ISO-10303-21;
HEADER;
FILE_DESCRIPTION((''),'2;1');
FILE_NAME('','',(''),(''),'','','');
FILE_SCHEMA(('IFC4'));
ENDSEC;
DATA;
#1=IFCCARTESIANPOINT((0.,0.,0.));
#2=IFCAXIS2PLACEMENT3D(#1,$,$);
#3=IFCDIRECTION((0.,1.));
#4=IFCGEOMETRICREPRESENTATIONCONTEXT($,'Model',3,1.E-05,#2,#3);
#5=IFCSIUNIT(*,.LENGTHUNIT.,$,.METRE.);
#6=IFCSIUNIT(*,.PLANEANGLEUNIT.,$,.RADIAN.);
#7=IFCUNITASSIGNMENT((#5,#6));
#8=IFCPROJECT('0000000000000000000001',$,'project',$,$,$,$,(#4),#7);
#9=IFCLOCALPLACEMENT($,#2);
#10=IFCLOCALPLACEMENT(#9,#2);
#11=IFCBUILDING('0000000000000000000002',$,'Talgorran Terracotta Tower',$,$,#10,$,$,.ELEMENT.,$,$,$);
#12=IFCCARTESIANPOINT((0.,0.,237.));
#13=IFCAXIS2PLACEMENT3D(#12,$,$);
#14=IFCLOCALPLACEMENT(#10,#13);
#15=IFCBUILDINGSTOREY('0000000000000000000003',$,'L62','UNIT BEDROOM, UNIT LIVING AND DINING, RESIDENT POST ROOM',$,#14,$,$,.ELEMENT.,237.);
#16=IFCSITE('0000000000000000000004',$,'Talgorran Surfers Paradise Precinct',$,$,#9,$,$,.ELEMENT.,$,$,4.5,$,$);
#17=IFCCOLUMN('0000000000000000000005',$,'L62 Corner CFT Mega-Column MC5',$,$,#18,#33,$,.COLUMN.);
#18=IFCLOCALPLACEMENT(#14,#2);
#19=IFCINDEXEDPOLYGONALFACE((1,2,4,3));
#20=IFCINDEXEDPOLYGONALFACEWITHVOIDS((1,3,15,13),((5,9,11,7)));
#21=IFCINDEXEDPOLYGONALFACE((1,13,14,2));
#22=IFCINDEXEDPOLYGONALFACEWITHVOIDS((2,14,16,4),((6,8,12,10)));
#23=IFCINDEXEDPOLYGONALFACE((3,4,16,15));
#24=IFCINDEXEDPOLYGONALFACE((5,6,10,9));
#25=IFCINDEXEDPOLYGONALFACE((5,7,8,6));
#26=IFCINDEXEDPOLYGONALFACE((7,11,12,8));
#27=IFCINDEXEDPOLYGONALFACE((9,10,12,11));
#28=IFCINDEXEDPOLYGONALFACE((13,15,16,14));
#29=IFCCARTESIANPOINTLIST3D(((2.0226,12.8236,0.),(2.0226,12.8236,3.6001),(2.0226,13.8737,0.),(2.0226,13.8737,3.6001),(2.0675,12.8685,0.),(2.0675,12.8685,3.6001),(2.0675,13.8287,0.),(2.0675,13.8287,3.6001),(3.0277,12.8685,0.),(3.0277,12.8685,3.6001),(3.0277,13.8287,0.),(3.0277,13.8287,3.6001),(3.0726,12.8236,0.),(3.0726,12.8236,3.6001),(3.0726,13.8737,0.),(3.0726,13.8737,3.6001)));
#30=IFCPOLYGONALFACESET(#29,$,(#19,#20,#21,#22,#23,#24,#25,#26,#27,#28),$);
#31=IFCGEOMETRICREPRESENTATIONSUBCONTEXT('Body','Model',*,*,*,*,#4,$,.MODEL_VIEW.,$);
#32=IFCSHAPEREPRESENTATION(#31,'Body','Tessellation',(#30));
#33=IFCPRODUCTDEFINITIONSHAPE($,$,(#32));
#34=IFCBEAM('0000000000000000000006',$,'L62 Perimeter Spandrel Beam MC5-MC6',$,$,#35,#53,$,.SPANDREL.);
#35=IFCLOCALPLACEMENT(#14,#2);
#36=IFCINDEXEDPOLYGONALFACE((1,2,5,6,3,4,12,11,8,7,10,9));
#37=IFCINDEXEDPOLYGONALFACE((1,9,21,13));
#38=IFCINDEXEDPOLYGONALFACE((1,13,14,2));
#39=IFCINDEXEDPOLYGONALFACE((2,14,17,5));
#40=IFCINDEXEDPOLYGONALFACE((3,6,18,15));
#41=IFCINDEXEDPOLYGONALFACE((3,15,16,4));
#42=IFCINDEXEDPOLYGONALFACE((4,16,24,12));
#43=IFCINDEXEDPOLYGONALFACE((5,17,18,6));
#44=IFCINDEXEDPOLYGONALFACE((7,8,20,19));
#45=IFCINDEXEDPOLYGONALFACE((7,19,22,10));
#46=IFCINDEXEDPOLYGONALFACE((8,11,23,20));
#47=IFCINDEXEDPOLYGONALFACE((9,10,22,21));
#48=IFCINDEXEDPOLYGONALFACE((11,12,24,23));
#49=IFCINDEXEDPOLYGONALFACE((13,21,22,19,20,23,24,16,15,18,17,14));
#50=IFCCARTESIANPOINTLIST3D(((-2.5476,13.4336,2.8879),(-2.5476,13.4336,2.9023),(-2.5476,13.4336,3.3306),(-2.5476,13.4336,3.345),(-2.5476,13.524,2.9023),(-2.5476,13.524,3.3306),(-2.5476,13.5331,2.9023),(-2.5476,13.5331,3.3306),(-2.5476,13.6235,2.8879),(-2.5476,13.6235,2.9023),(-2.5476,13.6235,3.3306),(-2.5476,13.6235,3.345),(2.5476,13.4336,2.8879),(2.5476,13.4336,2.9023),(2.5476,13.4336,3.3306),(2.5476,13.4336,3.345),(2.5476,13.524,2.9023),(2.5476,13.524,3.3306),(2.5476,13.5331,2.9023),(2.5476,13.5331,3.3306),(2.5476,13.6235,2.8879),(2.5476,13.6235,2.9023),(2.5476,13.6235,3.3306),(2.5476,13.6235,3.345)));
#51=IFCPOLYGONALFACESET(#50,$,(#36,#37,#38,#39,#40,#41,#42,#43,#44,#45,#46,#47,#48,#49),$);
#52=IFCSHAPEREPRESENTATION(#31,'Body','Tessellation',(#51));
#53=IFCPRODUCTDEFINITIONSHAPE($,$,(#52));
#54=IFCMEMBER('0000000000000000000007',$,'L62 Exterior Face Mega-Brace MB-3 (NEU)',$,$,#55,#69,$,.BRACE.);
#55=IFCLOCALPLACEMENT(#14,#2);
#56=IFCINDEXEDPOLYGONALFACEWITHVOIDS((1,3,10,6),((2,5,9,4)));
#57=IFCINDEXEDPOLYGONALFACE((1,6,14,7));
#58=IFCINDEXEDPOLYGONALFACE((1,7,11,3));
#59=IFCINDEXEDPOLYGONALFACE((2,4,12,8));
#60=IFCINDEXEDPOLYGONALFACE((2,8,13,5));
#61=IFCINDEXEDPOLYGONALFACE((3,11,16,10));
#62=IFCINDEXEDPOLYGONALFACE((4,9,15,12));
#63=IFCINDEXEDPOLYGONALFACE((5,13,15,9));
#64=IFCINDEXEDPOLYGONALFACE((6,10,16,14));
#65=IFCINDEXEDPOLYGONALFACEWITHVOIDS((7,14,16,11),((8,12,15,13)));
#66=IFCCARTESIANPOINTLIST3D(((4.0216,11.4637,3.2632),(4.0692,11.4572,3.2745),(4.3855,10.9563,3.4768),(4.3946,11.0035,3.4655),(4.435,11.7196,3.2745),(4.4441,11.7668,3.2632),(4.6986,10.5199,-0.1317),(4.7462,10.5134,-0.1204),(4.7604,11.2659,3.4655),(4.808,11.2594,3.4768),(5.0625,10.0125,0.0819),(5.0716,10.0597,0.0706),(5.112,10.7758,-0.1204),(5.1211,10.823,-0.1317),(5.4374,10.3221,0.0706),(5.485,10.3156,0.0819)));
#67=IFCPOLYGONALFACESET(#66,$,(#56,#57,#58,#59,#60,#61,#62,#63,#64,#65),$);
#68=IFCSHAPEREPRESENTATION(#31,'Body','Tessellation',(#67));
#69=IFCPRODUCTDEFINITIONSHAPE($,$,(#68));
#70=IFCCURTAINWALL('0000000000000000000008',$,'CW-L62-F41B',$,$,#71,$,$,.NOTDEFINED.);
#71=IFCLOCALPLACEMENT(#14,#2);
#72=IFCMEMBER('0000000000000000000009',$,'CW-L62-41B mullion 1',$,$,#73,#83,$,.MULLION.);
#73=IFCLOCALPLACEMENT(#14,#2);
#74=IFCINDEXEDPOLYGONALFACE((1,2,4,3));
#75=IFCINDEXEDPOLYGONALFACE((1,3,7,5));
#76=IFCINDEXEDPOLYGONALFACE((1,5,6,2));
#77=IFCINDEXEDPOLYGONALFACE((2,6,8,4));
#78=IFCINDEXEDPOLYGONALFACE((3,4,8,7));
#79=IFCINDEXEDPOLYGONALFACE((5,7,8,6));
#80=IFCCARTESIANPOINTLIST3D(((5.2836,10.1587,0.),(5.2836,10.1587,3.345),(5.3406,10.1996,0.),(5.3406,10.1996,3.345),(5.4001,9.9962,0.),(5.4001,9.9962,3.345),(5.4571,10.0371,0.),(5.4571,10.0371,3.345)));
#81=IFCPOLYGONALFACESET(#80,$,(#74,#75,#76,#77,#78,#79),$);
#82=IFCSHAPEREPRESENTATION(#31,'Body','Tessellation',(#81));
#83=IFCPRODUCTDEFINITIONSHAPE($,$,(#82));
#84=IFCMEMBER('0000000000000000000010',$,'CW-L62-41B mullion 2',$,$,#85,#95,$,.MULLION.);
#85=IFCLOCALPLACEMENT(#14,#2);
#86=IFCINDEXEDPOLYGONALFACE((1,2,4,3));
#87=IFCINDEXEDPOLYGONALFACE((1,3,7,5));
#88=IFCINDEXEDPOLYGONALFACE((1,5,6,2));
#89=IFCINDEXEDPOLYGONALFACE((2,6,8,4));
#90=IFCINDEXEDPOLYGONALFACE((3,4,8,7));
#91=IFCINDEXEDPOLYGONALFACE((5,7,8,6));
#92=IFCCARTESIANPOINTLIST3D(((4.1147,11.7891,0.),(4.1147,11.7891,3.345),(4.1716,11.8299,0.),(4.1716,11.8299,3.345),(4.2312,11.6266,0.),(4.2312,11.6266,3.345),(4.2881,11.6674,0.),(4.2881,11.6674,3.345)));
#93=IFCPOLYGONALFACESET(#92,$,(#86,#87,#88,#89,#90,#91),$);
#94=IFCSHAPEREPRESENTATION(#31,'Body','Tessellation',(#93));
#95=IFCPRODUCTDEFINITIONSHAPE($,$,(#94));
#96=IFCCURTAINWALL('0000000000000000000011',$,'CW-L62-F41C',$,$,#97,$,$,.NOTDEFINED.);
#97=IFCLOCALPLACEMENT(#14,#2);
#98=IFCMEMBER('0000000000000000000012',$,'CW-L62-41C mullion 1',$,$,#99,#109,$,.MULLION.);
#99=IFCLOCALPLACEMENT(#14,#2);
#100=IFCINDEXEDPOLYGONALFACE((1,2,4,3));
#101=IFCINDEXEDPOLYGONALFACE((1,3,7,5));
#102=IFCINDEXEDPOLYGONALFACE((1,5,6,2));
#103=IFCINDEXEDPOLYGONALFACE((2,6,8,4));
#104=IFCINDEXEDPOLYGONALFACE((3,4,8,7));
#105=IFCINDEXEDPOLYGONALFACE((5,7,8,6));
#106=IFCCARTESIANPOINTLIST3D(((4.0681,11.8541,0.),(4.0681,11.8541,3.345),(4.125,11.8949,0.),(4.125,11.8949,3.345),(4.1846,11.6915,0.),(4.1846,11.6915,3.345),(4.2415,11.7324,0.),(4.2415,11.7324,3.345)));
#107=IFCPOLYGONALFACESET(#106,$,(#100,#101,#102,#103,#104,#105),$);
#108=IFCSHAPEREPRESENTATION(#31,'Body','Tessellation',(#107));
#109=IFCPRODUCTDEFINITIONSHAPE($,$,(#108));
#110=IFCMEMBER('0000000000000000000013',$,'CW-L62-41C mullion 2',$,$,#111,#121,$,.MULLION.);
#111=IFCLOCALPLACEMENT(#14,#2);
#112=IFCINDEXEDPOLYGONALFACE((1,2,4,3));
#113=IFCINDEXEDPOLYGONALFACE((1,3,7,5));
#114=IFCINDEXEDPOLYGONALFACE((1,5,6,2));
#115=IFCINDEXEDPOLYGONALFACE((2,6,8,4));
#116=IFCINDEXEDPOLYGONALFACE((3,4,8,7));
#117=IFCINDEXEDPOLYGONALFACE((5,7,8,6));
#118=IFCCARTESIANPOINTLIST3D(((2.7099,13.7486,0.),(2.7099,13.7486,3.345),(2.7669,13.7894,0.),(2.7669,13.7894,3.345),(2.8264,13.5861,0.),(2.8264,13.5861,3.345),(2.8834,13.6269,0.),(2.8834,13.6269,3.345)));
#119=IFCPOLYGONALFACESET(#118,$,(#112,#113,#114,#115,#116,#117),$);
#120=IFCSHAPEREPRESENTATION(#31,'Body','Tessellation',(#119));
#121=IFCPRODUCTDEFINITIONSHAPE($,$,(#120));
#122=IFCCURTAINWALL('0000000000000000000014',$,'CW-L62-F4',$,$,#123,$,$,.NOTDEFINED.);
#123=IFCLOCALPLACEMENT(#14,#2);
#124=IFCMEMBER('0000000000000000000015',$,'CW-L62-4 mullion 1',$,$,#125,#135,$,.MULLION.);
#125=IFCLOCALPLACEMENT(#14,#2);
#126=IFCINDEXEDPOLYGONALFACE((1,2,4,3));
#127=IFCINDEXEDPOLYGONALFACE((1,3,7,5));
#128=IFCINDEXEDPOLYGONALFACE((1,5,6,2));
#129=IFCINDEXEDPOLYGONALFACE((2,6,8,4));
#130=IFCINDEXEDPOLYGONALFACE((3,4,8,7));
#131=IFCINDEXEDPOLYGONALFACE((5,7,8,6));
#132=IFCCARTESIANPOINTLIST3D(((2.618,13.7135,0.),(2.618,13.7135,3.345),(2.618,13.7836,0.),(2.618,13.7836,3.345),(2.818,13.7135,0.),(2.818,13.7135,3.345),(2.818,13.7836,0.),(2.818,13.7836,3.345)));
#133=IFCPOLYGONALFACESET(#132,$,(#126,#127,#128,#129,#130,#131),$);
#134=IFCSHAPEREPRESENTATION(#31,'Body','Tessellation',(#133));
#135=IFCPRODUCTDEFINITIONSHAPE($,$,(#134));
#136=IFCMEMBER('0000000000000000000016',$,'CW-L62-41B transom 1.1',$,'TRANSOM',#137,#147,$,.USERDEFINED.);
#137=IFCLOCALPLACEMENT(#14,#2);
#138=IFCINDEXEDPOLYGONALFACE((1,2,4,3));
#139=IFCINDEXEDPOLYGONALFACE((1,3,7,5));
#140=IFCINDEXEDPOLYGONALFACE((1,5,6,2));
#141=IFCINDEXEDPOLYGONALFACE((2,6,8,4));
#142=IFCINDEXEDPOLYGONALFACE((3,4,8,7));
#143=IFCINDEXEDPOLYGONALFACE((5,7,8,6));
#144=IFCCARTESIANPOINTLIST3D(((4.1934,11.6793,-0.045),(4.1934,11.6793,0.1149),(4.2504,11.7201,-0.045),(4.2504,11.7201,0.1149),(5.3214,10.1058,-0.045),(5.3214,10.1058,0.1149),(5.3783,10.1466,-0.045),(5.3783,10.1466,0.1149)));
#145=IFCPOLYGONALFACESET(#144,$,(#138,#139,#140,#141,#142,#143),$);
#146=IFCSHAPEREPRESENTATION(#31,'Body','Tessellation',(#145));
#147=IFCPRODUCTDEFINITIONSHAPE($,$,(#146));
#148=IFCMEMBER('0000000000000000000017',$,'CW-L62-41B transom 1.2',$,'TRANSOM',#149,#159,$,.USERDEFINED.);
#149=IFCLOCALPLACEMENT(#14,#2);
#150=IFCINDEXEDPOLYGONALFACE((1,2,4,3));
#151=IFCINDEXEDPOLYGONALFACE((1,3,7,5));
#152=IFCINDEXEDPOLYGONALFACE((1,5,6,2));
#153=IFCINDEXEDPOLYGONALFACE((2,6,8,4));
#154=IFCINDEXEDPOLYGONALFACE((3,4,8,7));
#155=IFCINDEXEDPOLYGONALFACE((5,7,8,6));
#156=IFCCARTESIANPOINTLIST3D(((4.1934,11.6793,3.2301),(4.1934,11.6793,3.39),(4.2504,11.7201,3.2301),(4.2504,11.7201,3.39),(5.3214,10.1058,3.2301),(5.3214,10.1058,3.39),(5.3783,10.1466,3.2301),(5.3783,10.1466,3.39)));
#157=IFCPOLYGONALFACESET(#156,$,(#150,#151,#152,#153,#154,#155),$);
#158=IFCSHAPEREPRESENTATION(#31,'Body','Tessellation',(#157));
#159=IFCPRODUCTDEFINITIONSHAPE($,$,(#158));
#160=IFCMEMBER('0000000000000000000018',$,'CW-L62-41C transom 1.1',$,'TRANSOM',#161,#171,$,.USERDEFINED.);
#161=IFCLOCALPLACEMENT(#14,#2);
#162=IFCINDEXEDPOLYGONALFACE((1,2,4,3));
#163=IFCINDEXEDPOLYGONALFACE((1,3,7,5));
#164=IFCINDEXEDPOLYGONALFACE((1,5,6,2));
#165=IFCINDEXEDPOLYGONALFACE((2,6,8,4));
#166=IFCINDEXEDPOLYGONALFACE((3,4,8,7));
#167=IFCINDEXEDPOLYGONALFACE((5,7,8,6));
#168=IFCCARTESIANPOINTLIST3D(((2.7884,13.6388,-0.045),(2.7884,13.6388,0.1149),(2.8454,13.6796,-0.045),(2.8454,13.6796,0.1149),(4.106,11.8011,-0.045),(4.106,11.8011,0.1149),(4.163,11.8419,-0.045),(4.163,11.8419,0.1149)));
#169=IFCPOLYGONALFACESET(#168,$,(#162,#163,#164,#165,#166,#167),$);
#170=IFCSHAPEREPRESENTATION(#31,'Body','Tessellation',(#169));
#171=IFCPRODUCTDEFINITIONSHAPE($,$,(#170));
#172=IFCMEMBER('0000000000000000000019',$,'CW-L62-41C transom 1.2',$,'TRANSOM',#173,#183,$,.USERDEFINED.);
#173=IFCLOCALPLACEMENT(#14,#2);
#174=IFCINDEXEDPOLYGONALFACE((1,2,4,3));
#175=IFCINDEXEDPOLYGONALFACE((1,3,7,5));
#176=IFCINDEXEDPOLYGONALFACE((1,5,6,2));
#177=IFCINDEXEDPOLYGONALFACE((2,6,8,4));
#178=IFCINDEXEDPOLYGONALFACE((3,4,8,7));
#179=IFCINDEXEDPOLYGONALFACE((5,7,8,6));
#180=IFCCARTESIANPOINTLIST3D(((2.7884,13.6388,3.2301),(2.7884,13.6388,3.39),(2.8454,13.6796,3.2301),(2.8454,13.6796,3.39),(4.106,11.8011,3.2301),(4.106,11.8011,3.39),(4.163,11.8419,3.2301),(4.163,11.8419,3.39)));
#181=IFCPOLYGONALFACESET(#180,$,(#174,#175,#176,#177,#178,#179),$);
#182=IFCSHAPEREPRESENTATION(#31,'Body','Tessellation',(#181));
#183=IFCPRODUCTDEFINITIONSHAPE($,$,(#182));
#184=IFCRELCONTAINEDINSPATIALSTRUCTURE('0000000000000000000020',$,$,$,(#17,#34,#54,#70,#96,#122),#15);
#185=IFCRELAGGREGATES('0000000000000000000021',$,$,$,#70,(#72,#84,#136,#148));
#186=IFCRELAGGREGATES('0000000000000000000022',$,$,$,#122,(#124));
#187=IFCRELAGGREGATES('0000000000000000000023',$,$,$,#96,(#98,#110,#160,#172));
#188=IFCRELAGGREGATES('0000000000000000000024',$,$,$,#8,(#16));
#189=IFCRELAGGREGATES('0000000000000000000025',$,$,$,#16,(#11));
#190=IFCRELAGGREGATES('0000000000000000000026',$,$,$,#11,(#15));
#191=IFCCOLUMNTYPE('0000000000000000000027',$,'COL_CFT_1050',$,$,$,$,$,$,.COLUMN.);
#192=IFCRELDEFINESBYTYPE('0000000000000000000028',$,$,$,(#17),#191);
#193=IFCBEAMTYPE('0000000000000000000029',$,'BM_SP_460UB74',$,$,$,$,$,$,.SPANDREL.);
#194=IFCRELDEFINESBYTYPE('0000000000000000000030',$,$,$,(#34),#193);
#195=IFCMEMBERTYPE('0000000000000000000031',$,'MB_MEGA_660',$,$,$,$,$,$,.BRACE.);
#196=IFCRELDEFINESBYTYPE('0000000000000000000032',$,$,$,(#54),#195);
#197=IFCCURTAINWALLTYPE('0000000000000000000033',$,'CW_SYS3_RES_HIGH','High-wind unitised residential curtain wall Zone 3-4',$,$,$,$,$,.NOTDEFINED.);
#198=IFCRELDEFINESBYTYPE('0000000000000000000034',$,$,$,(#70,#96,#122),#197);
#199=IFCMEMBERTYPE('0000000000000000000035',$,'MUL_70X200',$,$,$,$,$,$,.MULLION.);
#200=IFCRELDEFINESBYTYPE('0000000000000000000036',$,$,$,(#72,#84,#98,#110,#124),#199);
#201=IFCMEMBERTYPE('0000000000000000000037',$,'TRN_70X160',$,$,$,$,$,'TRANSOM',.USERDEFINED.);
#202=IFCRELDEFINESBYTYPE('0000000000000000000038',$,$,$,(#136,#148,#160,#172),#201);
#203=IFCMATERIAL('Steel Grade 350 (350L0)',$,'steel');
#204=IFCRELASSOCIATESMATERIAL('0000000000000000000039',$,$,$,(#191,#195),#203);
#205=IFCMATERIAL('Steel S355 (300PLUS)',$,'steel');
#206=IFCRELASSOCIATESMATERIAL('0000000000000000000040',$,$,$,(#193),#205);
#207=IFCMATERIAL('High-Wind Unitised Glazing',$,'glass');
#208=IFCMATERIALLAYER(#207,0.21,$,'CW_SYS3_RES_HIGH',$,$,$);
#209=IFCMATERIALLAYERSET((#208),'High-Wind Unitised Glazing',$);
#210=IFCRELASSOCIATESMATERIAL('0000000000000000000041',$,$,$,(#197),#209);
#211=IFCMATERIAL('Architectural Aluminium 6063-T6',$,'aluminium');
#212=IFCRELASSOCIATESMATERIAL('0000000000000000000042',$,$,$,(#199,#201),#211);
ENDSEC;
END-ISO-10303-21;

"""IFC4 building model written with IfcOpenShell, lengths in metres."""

from ifc_helpers import new_model, si_unit, direction, frame, origin, origin_2d, place, context, subcontext, project, spatial, rectangle, hollow_rectangle, i_section, extrude, material, layer, layer_set, material_profile, profile_set, type_object, element, aggregate, save


model = new_model("IFC4")

# Units and contexts
model_context = context("Model", 3, precision=1e-05, world=origin(), true_north=direction((0.0, 1.0)))
body_context = subcontext(model_context, "Body", "Model", "MODEL_VIEW")
ifc_project = project(units=[si_unit("LENGTHUNIT", "METRE"), si_unit("PLANEANGLEUNIT", "RADIAN")], contexts=[model_context])

# Site, building, storey
site_placement = place(None, origin())
site = spatial("IfcSite", under=ifc_project, at=site_placement, Name="Talgorran Surfers Paradise Precinct", CompositionType="ELEMENT", RefElevation=4.5)
building_placement = place(site_placement, origin())
building = spatial("IfcBuilding", under=site, at=building_placement, Name="Talgorran Terracotta Tower", CompositionType="ELEMENT")
storey_placement = place(building_placement, frame((0.0, 0.0, 237.0)))
storey = spatial("IfcBuildingStorey", under=building, at=storey_placement, Name="L62", Description="UNIT BEDROOM, UNIT LIVING AND DINING, RESIDENT POST ROOM", CompositionType="ELEMENT", Elevation=237.0)

# Column
ifc_material_1 = material(Name="Steel Grade 350 (350L0)", Category="steel")
ifc_material_profile_1 = material_profile(ifc_material_1, hollow_rectangle(XDim=1.05, YDim=1.05, WallThickness=0.0449, at=origin_2d()), Name="CFT1050X1050X45")
ifc_profile_set_1 = profile_set([ifc_material_profile_1], Name="Steel Grade 350 (350L0)")
column_type = type_object("IfcColumnType", Name="COL_CFT_1050", PredefinedType="COLUMN", material=ifc_profile_set_1)
column_placement = place(storey_placement, frame((2.5476, 13.3486, 0.0), z_axis=(0.0, 0.0, 1.0), x_axis=(1.0, 0.0, 0.0)))
element("IfcColumn", 1, at=column_placement, inside=storey, type_object=column_type, Name="L62 Corner CFT Mega-Column MC5", PredefinedType="COLUMN", context=body_context, shape_type="SweptSolid", body=[
    extrude(hollow_rectangle(XDim=1.05, YDim=1.05, WallThickness=0.0449, at=origin_2d()), origin(), (0.0, 0.0, 1.0), 3.6001),
])

# Beam
ifc_material_2 = material(Name="Steel S355 (300PLUS)", Category="steel")
ifc_material_profile_2 = material_profile(ifc_material_2, i_section(OverallWidth=0.1899, OverallDepth=0.457, WebThickness=0.009, FlangeThickness=0.0144, at=origin_2d()), Name="460UB74.6")
ifc_profile_set_2 = profile_set([ifc_material_profile_2], Name="Steel S355 (300PLUS)")
beam_type = type_object("IfcBeamType", Name="BM_SP_460UB74", PredefinedType="SPANDREL", material=ifc_profile_set_2)
beam_placement = place(storey_placement, frame((2.5476, 13.5286, 3.1165), z_axis=(-1.0, 0.0, 0.0), x_axis=(0.0, -1.0, 0.0)))
element("IfcBeam", 2, at=beam_placement, inside=storey, type_object=beam_type, Name="L62 Perimeter Spandrel Beam MC5-MC6", PredefinedType="SPANDREL", context=body_context, shape_type="SweptSolid", body=[
    extrude(i_section(OverallWidth=0.1899, OverallDepth=0.457, WebThickness=0.009, FlangeThickness=0.0144, at=origin_2d()), origin(), (0.0, 0.0, 1.0), 5.0952),
])

# Member
ifc_material_profile_3 = material_profile(ifc_material_1, hollow_rectangle(XDim=0.52, YDim=0.6599, WallThickness=0.0349, at=origin_2d()), Name="WBOX660X520X35")
ifc_profile_set_3 = profile_set([ifc_material_profile_3], Name="Steel Grade 350 (350L0)")
member_type_1 = type_object("IfcMemberType", Name="MB_MEGA_660", PredefinedType="BRACE", material=ifc_profile_set_3)
member_1_placement = place(storey_placement, frame((5.0918, 10.4177, -0.0249), z_axis=(-0.188673, 0.26304, 0.946156), x_axis=(-0.812582, -0.582848, 0.0)))
element("IfcMember", 3, at=member_1_placement, inside=storey, type_object=member_type_1, Name="L62 Exterior Face Mega-Brace MB-3 (NEU)", PredefinedType="BRACE", context=body_context, shape_type="SweptSolid", body=[
    extrude(hollow_rectangle(XDim=0.52, YDim=0.6599, WallThickness=0.0349, at=origin_2d()), origin(), (0.0, 0.0, 1.0), 3.5881),
])

# Curtain walls, members
ifc_material_3 = material(Name="High-Wind Unitised Glazing", Category="glass")
ifc_layer_1 = layer(ifc_material_3, 0.21, Name="CW_SYS3_RES_HIGH")
ifc_layer_set_1 = layer_set([ifc_layer_1], Name="High-Wind Unitised Glazing")
curtain_wall_type = type_object("IfcCurtainWallType", Name="CW_SYS3_RES_HIGH", Description="High-wind unitised residential curtain wall Zone 3-4", PredefinedType="NOTDEFINED", material=ifc_layer_set_1)
curtain_wall_1_placement = place(storey_placement, origin())
curtain_wall_1 = element("IfcCurtainWall", 4, at=curtain_wall_1_placement, inside=storey, type_object=curtain_wall_type, Name="CW-L62-F41B", PredefinedType="NOTDEFINED")
ifc_material_4 = material(Name="Architectural Aluminium 6063-T6", Category="aluminium")
ifc_material_profile_4 = material_profile(ifc_material_4, rectangle(XDim=0.0701, YDim=0.2, at=origin_2d()), Name="CWM70X200")
ifc_profile_set_4 = profile_set([ifc_material_profile_4], Name="Architectural Aluminium 6063-T6")
member_type_2 = type_object("IfcMemberType", Name="MUL_70X200", PredefinedType="MULLION", material=ifc_profile_set_4)
member_2_placement = place(storey_placement, frame((5.3704, 10.0979, 0.0), z_axis=(0.0, 0.0, 1.0), x_axis=(-0.812717, -0.582659, 0.0)))
member_2 = element("IfcMember", 5, at=member_2_placement, type_object=member_type_2, Name="CW-L62-41B mullion 1", PredefinedType="MULLION", context=body_context, shape_type="SweptSolid", body=[
    extrude(rectangle(XDim=0.0701, YDim=0.2, at=origin_2d()), origin(), (0.0, 0.0, 1.0), 3.345),
])
member_3_placement = place(storey_placement, frame((4.2014, 11.7283, 0.0), z_axis=(0.0, 0.0, 1.0), x_axis=(-0.812717, -0.582659, 0.0)))
member_3 = element("IfcMember", 6, at=member_3_placement, type_object=member_type_2, Name="CW-L62-41B mullion 2", PredefinedType="MULLION", context=body_context, shape_type="SweptSolid", body=[
    extrude(rectangle(XDim=0.0701, YDim=0.2, at=origin_2d()), origin(), (0.0, 0.0, 1.0), 3.345),
])
curtain_wall_2_placement = place(storey_placement, origin())
curtain_wall_2 = element("IfcCurtainWall", 7, at=curtain_wall_2_placement, inside=storey, type_object=curtain_wall_type, Name="CW-L62-F41C", PredefinedType="NOTDEFINED")
member_4_placement = place(storey_placement, frame((4.1548, 11.7932, 0.0), z_axis=(0.0, 0.0, 1.0), x_axis=(-0.812719, -0.582656, 0.0)))
member_4 = element("IfcMember", 8, at=member_4_placement, type_object=member_type_2, Name="CW-L62-41C mullion 1", PredefinedType="MULLION", context=body_context, shape_type="SweptSolid", body=[
    extrude(rectangle(XDim=0.0701, YDim=0.2, at=origin_2d()), origin(), (0.0, 0.0, 1.0), 3.345),
])
member_5_placement = place(storey_placement, frame((2.7966, 13.6877, 0.0), z_axis=(0.0, 0.0, 1.0), x_axis=(-0.812719, -0.582656, 0.0)))
member_5 = element("IfcMember", 9, at=member_5_placement, type_object=member_type_2, Name="CW-L62-41C mullion 2", PredefinedType="MULLION", context=body_context, shape_type="SweptSolid", body=[
    extrude(rectangle(XDim=0.0701, YDim=0.2, at=origin_2d()), origin(), (0.0, 0.0, 1.0), 3.345),
])

# Curtain wall, member
curtain_wall_3_placement = place(storey_placement, origin())
curtain_wall_3 = element("IfcCurtainWall", 10, at=curtain_wall_3_placement, inside=storey, type_object=curtain_wall_type, Name="CW-L62-F4", PredefinedType="NOTDEFINED")
member_6_placement = place(storey_placement, frame((2.718, 13.7485, 0.0), z_axis=(0.0, 0.0, 1.0), x_axis=(0.0, -1.0, 0.0)))
member_6 = element("IfcMember", 11, at=member_6_placement, type_object=member_type_2, Name="CW-L62-4 mullion 1", PredefinedType="MULLION", context=body_context, shape_type="SweptSolid", body=[
    extrude(rectangle(XDim=0.0701, YDim=0.2, at=origin_2d()), origin(), (0.0, 0.0, 1.0), 3.345),
])

# Members
ifc_material_profile_5 = material_profile(ifc_material_4, rectangle(XDim=0.0701, YDim=0.1599, at=origin_2d()), Name="CWT70X160")
ifc_profile_set_5 = profile_set([ifc_material_profile_5], Name="Architectural Aluminium 6063-T6")
member_type_3 = type_object("IfcMemberType", Name="TRN_70X160", ElementType="TRANSOM", PredefinedType="USERDEFINED", material=ifc_profile_set_5)
member_7_placement = place(storey_placement, frame((5.3499, 10.1262, 0.0349), z_axis=(-0.582609, 0.812752, 0.0), x_axis=(-0.812752, -0.582609, 0.0)))
member_7 = element("IfcMember", 12, at=member_7_placement, type_object=member_type_3, Name="CW-L62-41B transom 1.1", ObjectType="TRANSOM", PredefinedType="USERDEFINED", context=body_context, shape_type="SweptSolid", body=[
    extrude(rectangle(XDim=0.0701, YDim=0.1599, at=origin_2d()), origin(), (0.0, 0.0, 1.0), 1.936),
])
member_8_placement = place(storey_placement, frame((5.3499, 10.1262, 3.3101), z_axis=(-0.582609, 0.812752, 0.0), x_axis=(-0.812752, -0.582609, 0.0)))
member_8 = element("IfcMember", 13, at=member_8_placement, type_object=member_type_3, Name="CW-L62-41B transom 1.2", ObjectType="TRANSOM", PredefinedType="USERDEFINED", context=body_context, shape_type="SweptSolid", body=[
    extrude(rectangle(XDim=0.0701, YDim=0.1599, at=origin_2d()), origin(), (0.0, 0.0, 1.0), 1.936),
])
member_9_placement = place(storey_placement, frame((4.1345, 11.8215, 0.0349), z_axis=(-0.582708, 0.812682, 0.0), x_axis=(-0.812682, -0.582708, 0.0)))
member_9 = element("IfcMember", 14, at=member_9_placement, type_object=member_type_3, Name="CW-L62-41C transom 1.1", ObjectType="TRANSOM", PredefinedType="USERDEFINED", context=body_context, shape_type="SweptSolid", body=[
    extrude(rectangle(XDim=0.0701, YDim=0.1599, at=origin_2d()), origin(), (0.0, 0.0, 1.0), 2.2612),
])
member_10_placement = place(storey_placement, frame((4.1345, 11.8215, 3.3101), z_axis=(-0.582708, 0.812682, 0.0), x_axis=(-0.812682, -0.582708, 0.0)))
member_10 = element("IfcMember", 15, at=member_10_placement, type_object=member_type_3, Name="CW-L62-41C transom 1.2", ObjectType="TRANSOM", PredefinedType="USERDEFINED", context=body_context, shape_type="SweptSolid", body=[
    extrude(rectangle(XDim=0.0701, YDim=0.1599, at=origin_2d()), origin(), (0.0, 0.0, 1.0), 2.2612),
])

aggregate(curtain_wall_1, [member_2, member_3, member_7, member_8])
aggregate(curtain_wall_3, [member_6])
aggregate(curtain_wall_2, [member_4, member_5, member_9, member_10])

save(model, "model.ifc")
